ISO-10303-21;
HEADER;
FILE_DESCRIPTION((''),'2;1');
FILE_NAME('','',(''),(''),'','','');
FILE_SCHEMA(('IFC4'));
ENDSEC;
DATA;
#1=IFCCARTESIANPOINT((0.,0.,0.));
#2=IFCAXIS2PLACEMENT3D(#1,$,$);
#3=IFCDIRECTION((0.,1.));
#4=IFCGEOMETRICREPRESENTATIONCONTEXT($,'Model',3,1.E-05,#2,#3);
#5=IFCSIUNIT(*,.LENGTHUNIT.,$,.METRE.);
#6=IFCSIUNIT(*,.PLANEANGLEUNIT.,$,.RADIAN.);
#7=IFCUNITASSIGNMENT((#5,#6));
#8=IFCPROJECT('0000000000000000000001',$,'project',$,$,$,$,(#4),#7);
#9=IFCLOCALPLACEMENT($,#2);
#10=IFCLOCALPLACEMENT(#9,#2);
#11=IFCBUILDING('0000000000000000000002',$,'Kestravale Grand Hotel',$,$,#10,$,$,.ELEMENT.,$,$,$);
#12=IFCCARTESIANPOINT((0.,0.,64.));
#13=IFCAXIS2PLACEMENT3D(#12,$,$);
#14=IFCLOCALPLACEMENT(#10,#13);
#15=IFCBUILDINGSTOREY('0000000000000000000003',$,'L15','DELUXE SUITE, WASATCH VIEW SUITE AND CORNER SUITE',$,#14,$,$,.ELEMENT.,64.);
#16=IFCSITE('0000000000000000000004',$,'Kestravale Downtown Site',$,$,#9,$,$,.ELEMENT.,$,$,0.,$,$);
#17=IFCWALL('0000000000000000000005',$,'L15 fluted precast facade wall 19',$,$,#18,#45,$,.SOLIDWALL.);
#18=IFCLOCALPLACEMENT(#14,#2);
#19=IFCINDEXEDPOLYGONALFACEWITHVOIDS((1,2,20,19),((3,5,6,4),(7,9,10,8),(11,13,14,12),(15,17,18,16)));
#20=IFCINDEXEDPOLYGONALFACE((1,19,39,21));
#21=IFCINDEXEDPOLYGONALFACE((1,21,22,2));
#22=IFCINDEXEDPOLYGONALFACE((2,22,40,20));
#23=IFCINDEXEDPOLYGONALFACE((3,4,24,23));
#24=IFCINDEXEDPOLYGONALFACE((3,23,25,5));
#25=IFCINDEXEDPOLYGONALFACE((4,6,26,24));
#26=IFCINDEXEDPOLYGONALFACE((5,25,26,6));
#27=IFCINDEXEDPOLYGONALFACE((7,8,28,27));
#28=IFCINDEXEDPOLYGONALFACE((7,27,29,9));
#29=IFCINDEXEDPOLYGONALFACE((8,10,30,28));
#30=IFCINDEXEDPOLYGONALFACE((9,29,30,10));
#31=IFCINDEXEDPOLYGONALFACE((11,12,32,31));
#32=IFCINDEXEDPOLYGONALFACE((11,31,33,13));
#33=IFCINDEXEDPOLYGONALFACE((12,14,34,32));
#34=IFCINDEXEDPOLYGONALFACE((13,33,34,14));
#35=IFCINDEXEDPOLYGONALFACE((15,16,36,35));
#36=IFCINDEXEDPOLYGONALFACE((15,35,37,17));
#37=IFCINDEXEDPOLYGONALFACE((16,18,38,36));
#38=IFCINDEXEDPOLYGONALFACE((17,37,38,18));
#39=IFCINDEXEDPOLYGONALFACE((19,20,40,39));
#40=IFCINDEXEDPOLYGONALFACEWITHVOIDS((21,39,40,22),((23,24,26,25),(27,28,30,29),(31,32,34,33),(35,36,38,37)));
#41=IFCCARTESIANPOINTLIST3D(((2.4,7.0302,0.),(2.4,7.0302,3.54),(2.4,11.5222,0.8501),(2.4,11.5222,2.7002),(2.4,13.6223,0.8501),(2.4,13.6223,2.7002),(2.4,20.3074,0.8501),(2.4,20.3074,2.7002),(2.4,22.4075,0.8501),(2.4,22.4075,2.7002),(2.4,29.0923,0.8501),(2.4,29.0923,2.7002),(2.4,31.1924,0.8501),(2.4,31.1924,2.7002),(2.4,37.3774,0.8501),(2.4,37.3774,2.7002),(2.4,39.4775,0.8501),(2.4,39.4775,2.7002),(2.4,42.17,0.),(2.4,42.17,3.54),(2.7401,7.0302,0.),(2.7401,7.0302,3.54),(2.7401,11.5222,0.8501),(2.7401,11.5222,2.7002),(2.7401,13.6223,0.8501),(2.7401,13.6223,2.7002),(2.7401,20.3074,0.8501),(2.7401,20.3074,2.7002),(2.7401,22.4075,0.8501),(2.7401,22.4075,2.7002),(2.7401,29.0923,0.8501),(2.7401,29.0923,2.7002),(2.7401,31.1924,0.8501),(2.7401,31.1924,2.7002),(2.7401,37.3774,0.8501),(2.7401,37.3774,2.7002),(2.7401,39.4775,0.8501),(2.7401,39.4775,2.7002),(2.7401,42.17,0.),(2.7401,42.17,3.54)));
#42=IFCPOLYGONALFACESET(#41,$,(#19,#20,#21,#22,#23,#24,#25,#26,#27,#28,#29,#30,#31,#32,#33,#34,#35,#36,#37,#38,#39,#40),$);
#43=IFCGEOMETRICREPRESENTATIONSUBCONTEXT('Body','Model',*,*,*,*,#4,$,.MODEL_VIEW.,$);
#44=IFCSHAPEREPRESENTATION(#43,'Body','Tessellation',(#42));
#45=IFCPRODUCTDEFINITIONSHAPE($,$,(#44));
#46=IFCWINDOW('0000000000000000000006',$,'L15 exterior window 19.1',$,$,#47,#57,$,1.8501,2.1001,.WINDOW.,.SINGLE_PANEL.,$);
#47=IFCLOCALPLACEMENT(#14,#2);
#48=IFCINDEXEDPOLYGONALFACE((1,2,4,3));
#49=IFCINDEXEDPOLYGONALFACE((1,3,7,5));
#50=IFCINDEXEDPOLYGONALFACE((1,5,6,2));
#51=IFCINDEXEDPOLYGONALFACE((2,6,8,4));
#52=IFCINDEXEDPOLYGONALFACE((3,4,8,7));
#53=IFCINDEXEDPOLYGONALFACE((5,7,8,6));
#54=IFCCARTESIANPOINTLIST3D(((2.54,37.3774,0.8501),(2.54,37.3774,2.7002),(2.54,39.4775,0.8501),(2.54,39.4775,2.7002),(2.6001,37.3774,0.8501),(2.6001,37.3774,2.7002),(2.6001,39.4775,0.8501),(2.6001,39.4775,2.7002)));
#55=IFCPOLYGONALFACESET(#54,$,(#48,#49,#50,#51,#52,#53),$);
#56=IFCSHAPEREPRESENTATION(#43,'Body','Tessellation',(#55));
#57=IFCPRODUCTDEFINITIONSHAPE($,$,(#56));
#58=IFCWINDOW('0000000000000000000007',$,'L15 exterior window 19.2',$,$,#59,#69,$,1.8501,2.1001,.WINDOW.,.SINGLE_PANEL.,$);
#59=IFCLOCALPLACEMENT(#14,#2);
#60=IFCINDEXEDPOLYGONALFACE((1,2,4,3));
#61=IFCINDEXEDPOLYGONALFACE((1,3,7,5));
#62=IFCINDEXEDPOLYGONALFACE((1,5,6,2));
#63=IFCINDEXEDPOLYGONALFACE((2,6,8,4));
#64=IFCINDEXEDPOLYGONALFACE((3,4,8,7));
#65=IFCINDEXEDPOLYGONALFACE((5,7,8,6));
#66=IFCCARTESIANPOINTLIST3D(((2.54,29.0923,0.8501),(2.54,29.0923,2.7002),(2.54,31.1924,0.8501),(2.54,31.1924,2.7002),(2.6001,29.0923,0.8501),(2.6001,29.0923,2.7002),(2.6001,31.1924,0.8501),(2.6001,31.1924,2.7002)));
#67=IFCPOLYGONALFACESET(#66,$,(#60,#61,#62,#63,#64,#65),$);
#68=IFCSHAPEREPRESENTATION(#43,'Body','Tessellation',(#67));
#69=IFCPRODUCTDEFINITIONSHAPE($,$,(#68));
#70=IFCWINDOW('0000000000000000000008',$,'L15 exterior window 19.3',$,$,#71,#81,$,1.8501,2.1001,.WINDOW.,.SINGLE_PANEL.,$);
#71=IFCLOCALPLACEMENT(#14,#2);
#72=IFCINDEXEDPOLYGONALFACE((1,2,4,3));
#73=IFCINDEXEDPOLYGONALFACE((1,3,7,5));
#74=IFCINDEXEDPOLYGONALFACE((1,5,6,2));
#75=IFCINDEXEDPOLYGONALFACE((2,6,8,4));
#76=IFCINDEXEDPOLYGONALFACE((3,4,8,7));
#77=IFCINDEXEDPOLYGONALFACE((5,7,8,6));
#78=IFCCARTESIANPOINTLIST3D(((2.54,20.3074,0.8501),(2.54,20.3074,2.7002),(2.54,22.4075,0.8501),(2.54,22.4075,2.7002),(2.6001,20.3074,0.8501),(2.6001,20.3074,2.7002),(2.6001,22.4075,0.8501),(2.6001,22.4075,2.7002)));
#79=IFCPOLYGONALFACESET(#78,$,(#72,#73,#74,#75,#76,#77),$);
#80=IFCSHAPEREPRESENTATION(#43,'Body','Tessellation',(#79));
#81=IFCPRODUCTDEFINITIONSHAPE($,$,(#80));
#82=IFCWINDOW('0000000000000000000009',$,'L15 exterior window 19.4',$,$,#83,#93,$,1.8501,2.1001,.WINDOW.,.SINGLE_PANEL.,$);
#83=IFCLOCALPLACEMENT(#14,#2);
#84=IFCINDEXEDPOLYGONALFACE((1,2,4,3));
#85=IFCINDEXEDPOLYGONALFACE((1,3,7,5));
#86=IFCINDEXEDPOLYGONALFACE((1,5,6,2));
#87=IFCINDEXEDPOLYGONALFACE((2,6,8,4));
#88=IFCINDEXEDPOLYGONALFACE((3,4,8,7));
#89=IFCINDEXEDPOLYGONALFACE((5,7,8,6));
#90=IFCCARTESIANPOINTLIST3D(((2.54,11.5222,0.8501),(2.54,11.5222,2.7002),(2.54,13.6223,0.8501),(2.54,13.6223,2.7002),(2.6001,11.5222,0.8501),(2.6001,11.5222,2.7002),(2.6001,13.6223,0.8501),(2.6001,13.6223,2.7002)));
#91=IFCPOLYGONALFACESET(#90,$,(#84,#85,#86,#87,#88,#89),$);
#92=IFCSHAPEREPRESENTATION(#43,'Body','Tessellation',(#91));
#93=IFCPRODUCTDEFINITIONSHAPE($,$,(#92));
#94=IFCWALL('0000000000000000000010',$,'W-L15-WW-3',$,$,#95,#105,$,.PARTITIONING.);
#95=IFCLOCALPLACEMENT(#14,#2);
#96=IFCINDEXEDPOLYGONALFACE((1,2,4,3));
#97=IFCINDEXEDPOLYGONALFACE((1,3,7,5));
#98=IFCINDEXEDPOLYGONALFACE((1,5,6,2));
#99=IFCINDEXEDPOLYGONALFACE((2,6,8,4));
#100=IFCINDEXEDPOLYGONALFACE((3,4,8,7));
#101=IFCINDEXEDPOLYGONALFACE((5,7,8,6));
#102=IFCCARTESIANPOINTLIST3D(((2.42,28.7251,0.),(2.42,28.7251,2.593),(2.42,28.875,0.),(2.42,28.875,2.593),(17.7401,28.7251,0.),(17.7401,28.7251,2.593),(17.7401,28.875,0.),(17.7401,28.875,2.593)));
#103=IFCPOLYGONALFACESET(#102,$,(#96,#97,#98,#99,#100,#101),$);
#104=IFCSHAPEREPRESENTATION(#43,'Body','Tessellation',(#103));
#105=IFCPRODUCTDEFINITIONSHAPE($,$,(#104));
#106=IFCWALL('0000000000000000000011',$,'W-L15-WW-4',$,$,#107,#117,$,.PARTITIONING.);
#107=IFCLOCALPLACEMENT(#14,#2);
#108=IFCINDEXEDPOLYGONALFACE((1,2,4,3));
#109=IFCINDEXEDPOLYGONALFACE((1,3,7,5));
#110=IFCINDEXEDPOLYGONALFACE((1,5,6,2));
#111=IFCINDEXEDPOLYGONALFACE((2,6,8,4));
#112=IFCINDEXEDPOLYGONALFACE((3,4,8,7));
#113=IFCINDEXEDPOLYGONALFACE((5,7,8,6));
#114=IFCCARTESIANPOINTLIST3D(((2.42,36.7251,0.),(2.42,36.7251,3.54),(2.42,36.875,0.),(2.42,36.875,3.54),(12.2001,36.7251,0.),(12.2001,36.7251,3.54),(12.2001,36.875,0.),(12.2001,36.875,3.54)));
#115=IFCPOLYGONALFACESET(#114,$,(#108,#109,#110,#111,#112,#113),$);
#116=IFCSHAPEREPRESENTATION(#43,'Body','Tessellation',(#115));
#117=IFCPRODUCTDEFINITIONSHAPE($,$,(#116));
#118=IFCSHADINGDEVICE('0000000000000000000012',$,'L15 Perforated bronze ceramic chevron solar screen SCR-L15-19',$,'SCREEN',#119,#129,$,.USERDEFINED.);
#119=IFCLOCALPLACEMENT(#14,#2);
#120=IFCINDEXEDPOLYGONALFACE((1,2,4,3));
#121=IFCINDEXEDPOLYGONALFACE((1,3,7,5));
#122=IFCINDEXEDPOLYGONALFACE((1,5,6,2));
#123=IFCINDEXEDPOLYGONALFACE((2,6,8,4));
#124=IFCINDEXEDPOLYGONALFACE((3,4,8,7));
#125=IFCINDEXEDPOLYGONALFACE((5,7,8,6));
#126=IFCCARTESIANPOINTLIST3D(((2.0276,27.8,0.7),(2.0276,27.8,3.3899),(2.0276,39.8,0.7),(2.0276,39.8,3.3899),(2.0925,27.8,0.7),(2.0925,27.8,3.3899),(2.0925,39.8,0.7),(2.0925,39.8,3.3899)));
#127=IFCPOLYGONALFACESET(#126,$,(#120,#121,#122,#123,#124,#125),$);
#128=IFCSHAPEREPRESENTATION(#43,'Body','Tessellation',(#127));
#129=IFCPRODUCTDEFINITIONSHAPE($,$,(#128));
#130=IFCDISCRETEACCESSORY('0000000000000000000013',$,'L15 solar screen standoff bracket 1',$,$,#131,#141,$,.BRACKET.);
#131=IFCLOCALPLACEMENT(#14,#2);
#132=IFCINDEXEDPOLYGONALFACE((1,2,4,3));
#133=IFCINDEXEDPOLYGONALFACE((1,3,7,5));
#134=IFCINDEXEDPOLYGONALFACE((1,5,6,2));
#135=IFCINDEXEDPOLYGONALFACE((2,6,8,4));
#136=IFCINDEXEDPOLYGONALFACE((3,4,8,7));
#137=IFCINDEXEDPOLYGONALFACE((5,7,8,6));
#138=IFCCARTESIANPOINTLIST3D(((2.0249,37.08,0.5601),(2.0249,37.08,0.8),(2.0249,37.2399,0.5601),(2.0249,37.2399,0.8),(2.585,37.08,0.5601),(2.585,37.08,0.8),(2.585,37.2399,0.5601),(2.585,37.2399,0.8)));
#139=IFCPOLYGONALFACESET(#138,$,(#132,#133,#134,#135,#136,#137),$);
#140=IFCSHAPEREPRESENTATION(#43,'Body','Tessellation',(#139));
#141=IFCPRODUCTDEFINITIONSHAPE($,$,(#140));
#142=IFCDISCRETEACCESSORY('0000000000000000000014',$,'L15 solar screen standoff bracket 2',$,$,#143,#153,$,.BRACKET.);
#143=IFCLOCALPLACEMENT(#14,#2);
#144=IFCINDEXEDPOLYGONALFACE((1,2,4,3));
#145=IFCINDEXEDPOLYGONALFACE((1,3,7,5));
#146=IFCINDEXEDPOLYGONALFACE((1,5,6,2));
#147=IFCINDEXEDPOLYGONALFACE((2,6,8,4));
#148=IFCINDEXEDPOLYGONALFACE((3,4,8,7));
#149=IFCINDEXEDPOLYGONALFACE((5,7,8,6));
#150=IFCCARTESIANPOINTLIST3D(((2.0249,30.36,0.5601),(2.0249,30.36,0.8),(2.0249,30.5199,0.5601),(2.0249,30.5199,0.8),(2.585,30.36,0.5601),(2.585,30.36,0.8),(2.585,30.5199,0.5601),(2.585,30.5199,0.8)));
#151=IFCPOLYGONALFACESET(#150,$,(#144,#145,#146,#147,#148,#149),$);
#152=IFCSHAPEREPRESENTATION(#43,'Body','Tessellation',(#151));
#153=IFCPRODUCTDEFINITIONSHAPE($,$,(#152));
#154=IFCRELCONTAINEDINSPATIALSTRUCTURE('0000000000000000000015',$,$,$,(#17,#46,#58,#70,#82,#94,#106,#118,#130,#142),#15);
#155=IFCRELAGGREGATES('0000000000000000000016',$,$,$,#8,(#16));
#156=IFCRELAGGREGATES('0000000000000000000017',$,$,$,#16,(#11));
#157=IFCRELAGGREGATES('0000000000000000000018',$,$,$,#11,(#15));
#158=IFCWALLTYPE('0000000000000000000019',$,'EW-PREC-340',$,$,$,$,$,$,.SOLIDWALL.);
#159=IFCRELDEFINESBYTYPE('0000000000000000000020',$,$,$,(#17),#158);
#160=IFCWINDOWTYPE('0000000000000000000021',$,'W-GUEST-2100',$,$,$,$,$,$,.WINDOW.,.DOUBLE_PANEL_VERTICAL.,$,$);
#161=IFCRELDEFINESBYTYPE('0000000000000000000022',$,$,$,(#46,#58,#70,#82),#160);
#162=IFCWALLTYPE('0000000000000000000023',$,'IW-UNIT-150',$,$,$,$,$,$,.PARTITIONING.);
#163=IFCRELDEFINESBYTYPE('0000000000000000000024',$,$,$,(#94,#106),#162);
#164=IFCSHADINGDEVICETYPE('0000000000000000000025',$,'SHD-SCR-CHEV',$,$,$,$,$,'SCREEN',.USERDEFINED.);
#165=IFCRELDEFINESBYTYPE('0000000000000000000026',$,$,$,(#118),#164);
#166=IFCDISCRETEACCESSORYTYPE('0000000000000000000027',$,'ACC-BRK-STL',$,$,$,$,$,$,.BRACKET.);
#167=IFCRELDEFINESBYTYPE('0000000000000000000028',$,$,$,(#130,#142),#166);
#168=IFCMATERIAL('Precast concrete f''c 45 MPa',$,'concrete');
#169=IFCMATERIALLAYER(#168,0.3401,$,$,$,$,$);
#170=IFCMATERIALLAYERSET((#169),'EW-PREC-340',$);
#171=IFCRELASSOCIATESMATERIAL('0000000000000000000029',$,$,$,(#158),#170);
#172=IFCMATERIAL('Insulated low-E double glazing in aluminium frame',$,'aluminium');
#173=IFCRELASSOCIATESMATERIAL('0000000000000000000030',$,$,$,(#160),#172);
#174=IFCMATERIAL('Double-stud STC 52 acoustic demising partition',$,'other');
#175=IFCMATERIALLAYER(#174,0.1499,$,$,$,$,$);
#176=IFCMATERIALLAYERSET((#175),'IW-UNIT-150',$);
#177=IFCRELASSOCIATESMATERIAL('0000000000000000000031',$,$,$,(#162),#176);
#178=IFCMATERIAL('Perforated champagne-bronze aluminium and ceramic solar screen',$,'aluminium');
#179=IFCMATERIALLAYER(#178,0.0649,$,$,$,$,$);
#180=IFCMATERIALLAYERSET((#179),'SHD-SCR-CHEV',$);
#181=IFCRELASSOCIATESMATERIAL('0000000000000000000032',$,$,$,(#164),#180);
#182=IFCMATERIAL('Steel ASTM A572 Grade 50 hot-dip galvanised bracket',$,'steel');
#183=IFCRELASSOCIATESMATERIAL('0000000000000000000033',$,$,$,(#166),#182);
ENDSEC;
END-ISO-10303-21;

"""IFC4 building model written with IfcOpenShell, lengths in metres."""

from ifc_helpers import new_model, si_unit, direction, frame, frame_2d, origin, origin_2d, place, context, subcontext, project, spatial, rectangle, extrude, material, layer, layer_set, type_object, element, fill, save


model = new_model("IFC4")

# Units and contexts
model_context = context("Model", 3, precision=1e-05, world=origin(), true_north=direction((0.0, 1.0)))
body_context = subcontext(model_context, "Body", "Model", "MODEL_VIEW")
ifc_project = project(units=[si_unit("LENGTHUNIT", "METRE"), si_unit("PLANEANGLEUNIT", "RADIAN")], contexts=[model_context])

# Site, building, storey
site_placement = place(None, origin())
site = spatial("IfcSite", under=ifc_project, at=site_placement, Name="Kestravale Downtown Site", CompositionType="ELEMENT", RefElevation=0.0)
building_placement = place(site_placement, origin())
building = spatial("IfcBuilding", under=site, at=building_placement, Name="Kestravale Grand Hotel", CompositionType="ELEMENT")
storey_placement = place(building_placement, frame((0.0, 0.0, 64.0)))
storey = spatial("IfcBuildingStorey", under=building, at=storey_placement, Name="L15", Description="DELUXE SUITE, WASATCH VIEW SUITE AND CORNER SUITE", CompositionType="ELEMENT", Elevation=64.0)

# Wall, openings, windows
ifc_material_1 = material(Name="Precast concrete f'c 45 MPa", Category="concrete")
ifc_layer_1 = layer(ifc_material_1, 0.3401)
ifc_layer_set_1 = layer_set([ifc_layer_1], Name="EW-PREC-340")
wall_type_1 = type_object("IfcWallType", Name="EW-PREC-340", PredefinedType="SOLIDWALL", material=ifc_layer_set_1)
wall_1_placement = place(storey_placement, frame((2.5701, 42.1699, 0.0), z_axis=(0.0, 0.0, 1.0), x_axis=(0.0, -1.0, 0.0)))
wall_1 = element("IfcWall", 1, at=wall_1_placement, inside=storey, type_object=wall_type_1, Name="L15 fluted precast facade wall 19", PredefinedType="SOLIDWALL", context=body_context, shape_type="SweptSolid", body=[
    extrude(rectangle(XDim=35.1399, YDim=0.3401, at=frame_2d((17.5698, 0.0))), origin(), (0.0, 0.0, 1.0), 3.54),
])
opening_1_placement = place(wall_1_placement, frame((2.6924, 0.0, 0.8501)))
opening_1 = element("IfcOpeningElement", 2, at=opening_1_placement, cuts=wall_1, PredefinedType="OPENING", context=body_context, shape_type="SweptSolid", body=[
    extrude(rectangle(XDim=2.1001, YDim=1.8501, at=frame_2d((1.05, 0.925))), frame((0.0, 0.1799, 0.0), z_axis=(0.0, -1.0, 0.0), x_axis=(1.0, 0.0, 0.0)), (0.0, 0.0, 1.0), 0.3601),
])
opening_2_placement = place(wall_1_placement, frame((10.9775, 0.0, 0.8501)))
opening_2 = element("IfcOpeningElement", 3, at=opening_2_placement, cuts=wall_1, PredefinedType="OPENING", context=body_context, shape_type="SweptSolid", body=[
    extrude(rectangle(XDim=2.1001, YDim=1.8501, at=frame_2d((1.05, 0.925))), frame((0.0, 0.1799, 0.0), z_axis=(0.0, -1.0, 0.0), x_axis=(1.0, 0.0, 0.0)), (0.0, 0.0, 1.0), 0.3601),
])
opening_3_placement = place(wall_1_placement, frame((19.7625, 0.0, 0.8501)))
opening_3 = element("IfcOpeningElement", 4, at=opening_3_placement, cuts=wall_1, PredefinedType="OPENING", context=body_context, shape_type="SweptSolid", body=[
    extrude(rectangle(XDim=2.1001, YDim=1.8501, at=frame_2d((1.05, 0.925))), frame((0.0, 0.1799, 0.0), z_axis=(0.0, -1.0, 0.0), x_axis=(1.0, 0.0, 0.0)), (0.0, 0.0, 1.0), 0.3601),
])
opening_4_placement = place(wall_1_placement, frame((28.5476, 0.0, 0.8501)))
opening_4 = element("IfcOpeningElement", 5, at=opening_4_placement, cuts=wall_1, PredefinedType="OPENING", context=body_context, shape_type="SweptSolid", body=[
    extrude(rectangle(XDim=2.1001, YDim=1.8501, at=frame_2d((1.05, 0.925))), frame((0.0, 0.1799, 0.0), z_axis=(0.0, -1.0, 0.0), x_axis=(1.0, 0.0, 0.0)), (0.0, 0.0, 1.0), 0.3601),
])
ifc_material_2 = material(Name="Insulated low-E double glazing in aluminium frame", Category="aluminium")
window_type = type_object("IfcWindowType", Name="W-GUEST-2100", PartitioningType="DOUBLE_PANEL_VERTICAL", PredefinedType="WINDOW", material=ifc_material_2)
window_1_placement = place(opening_1_placement, origin())
window_1 = element("IfcWindow", 6, at=window_1_placement, inside=storey, type_object=window_type, Name="L15 exterior window 19.1", OverallHeight=1.8501, OverallWidth=2.1001, PartitioningType="SINGLE_PANEL", PredefinedType="WINDOW", context=body_context, shape_type="SweptSolid", body=[
    extrude(rectangle(XDim=2.1001, YDim=1.8501, at=frame_2d((1.05, 0.925))), frame((0.0, 0.03, 0.0), z_axis=(0.0, -1.0, 0.0), x_axis=(1.0, 0.0, 0.0)), (0.0, 0.0, 1.0), 0.0601),
])
fill(opening_1, window_1)
window_2_placement = place(opening_2_placement, origin())
window_2 = element("IfcWindow", 7, at=window_2_placement, inside=storey, type_object=window_type, Name="L15 exterior window 19.2", OverallHeight=1.8501, OverallWidth=2.1001, PartitioningType="SINGLE_PANEL", PredefinedType="WINDOW", context=body_context, shape_type="SweptSolid", body=[
    extrude(rectangle(XDim=2.1001, YDim=1.8501, at=frame_2d((1.05, 0.925))), frame((0.0, 0.03, 0.0), z_axis=(0.0, -1.0, 0.0), x_axis=(1.0, 0.0, 0.0)), (0.0, 0.0, 1.0), 0.0601),
])
fill(opening_2, window_2)
window_3_placement = place(opening_3_placement, origin())
window_3 = element("IfcWindow", 8, at=window_3_placement, inside=storey, type_object=window_type, Name="L15 exterior window 19.3", OverallHeight=1.8501, OverallWidth=2.1001, PartitioningType="SINGLE_PANEL", PredefinedType="WINDOW", context=body_context, shape_type="SweptSolid", body=[
    extrude(rectangle(XDim=2.1001, YDim=1.8501, at=frame_2d((1.05, 0.925))), frame((0.0, 0.03, 0.0), z_axis=(0.0, -1.0, 0.0), x_axis=(1.0, 0.0, 0.0)), (0.0, 0.0, 1.0), 0.0601),
])
fill(opening_3, window_3)
window_4_placement = place(opening_4_placement, origin())
window_4 = element("IfcWindow", 9, at=window_4_placement, inside=storey, type_object=window_type, Name="L15 exterior window 19.4", OverallHeight=1.8501, OverallWidth=2.1001, PartitioningType="SINGLE_PANEL", PredefinedType="WINDOW", context=body_context, shape_type="SweptSolid", body=[
    extrude(rectangle(XDim=2.1001, YDim=1.8501, at=frame_2d((1.05, 0.925))), frame((0.0, 0.03, 0.0), z_axis=(0.0, -1.0, 0.0), x_axis=(1.0, 0.0, 0.0)), (0.0, 0.0, 1.0), 0.0601),
])
fill(opening_4, window_4)

# Walls
ifc_material_3 = material(Name="Double-stud STC 52 acoustic demising partition", Category="other")
ifc_layer_2 = layer(ifc_material_3, 0.1499)
ifc_layer_set_2 = layer_set([ifc_layer_2], Name="IW-UNIT-150")
wall_type_2 = type_object("IfcWallType", Name="IW-UNIT-150", PredefinedType="PARTITIONING", material=ifc_layer_set_2)
wall_2_placement = place(storey_placement, frame((2.4199, 28.8, 0.0), z_axis=(0.0, 0.0, 1.0), x_axis=(1.0, 0.0, 0.0)))
element("IfcWall", 10, at=wall_2_placement, inside=storey, type_object=wall_type_2, Name="W-L15-WW-3", PredefinedType="PARTITIONING", context=body_context, shape_type="SweptSolid", body=[
    extrude(rectangle(XDim=15.3201, YDim=0.1499, at=frame_2d((7.6602, 0.0))), origin(), (0.0, 0.0, 1.0), 2.593),
])
wall_3_placement = place(storey_placement, frame((2.4199, 36.8, 0.0), z_axis=(0.0, 0.0, 1.0), x_axis=(1.0, 0.0, 0.0)))
element("IfcWall", 11, at=wall_3_placement, inside=storey, type_object=wall_type_2, Name="W-L15-WW-4", PredefinedType="PARTITIONING", context=body_context, shape_type="SweptSolid", body=[
    extrude(rectangle(XDim=9.78, YDim=0.1499, at=frame_2d((4.8901, 0.0))), origin(), (0.0, 0.0, 1.0), 3.54),
])

# Shading device
ifc_material_4 = material(Name="Perforated champagne-bronze aluminium and ceramic solar screen", Category="aluminium")
ifc_layer_3 = layer(ifc_material_4, 0.0649)
ifc_layer_set_3 = layer_set([ifc_layer_3], Name="SHD-SCR-CHEV")
shading_device_type = type_object("IfcShadingDeviceType", Name="SHD-SCR-CHEV", ElementType="SCREEN", PredefinedType="USERDEFINED", material=ifc_layer_set_3)
shading_device_placement = place(storey_placement, frame((2.0601, 33.8, 0.7), z_axis=(0.0, 0.0, 1.0), x_axis=(0.0, -1.0, 0.0)))
element("IfcShadingDevice", 12, at=shading_device_placement, inside=storey, type_object=shading_device_type, Name="L15 Perforated bronze ceramic chevron solar screen SCR-L15-19", ObjectType="SCREEN", PredefinedType="USERDEFINED", context=body_context, shape_type="SweptSolid", body=[
    extrude(rectangle(XDim=12.0, YDim=0.0649, at=origin_2d()), origin(), (0.0, 0.0, 1.0), 2.6899),
])

# Discrete accessories
ifc_material_5 = material(Name="Steel ASTM A572 Grade 50 hot-dip galvanised bracket", Category="steel")
discrete_accessory_type = type_object("IfcDiscreteAccessoryType", Name="ACC-BRK-STL", PredefinedType="BRACKET", material=ifc_material_5)
for number, where, z_axis, x_axis, name in (
    (13, (2.3049, 37.1599, 0.5601), (0.0, 0.0, 1.0), (0.0, -1.0, 0.0), "L15 solar screen standoff bracket 1"),
    (14, (2.3049, 30.4399, 0.5601), (0.0, 0.0, 1.0), (0.0, -1.0, 0.0), "L15 solar screen standoff bracket 2"),
):
    element("IfcDiscreteAccessory", number, at=place(storey_placement, frame(where, z_axis=z_axis, x_axis=x_axis)), inside=storey, type_object=discrete_accessory_type, Name=name, PredefinedType="BRACKET", context=body_context, shape_type="SweptSolid", body=[
        extrude(rectangle(XDim=0.1599, YDim=0.5601, at=origin_2d()), origin(), (0.0, 0.0, 1.0), 0.24),
    ])

save(model, "model.ifc")
